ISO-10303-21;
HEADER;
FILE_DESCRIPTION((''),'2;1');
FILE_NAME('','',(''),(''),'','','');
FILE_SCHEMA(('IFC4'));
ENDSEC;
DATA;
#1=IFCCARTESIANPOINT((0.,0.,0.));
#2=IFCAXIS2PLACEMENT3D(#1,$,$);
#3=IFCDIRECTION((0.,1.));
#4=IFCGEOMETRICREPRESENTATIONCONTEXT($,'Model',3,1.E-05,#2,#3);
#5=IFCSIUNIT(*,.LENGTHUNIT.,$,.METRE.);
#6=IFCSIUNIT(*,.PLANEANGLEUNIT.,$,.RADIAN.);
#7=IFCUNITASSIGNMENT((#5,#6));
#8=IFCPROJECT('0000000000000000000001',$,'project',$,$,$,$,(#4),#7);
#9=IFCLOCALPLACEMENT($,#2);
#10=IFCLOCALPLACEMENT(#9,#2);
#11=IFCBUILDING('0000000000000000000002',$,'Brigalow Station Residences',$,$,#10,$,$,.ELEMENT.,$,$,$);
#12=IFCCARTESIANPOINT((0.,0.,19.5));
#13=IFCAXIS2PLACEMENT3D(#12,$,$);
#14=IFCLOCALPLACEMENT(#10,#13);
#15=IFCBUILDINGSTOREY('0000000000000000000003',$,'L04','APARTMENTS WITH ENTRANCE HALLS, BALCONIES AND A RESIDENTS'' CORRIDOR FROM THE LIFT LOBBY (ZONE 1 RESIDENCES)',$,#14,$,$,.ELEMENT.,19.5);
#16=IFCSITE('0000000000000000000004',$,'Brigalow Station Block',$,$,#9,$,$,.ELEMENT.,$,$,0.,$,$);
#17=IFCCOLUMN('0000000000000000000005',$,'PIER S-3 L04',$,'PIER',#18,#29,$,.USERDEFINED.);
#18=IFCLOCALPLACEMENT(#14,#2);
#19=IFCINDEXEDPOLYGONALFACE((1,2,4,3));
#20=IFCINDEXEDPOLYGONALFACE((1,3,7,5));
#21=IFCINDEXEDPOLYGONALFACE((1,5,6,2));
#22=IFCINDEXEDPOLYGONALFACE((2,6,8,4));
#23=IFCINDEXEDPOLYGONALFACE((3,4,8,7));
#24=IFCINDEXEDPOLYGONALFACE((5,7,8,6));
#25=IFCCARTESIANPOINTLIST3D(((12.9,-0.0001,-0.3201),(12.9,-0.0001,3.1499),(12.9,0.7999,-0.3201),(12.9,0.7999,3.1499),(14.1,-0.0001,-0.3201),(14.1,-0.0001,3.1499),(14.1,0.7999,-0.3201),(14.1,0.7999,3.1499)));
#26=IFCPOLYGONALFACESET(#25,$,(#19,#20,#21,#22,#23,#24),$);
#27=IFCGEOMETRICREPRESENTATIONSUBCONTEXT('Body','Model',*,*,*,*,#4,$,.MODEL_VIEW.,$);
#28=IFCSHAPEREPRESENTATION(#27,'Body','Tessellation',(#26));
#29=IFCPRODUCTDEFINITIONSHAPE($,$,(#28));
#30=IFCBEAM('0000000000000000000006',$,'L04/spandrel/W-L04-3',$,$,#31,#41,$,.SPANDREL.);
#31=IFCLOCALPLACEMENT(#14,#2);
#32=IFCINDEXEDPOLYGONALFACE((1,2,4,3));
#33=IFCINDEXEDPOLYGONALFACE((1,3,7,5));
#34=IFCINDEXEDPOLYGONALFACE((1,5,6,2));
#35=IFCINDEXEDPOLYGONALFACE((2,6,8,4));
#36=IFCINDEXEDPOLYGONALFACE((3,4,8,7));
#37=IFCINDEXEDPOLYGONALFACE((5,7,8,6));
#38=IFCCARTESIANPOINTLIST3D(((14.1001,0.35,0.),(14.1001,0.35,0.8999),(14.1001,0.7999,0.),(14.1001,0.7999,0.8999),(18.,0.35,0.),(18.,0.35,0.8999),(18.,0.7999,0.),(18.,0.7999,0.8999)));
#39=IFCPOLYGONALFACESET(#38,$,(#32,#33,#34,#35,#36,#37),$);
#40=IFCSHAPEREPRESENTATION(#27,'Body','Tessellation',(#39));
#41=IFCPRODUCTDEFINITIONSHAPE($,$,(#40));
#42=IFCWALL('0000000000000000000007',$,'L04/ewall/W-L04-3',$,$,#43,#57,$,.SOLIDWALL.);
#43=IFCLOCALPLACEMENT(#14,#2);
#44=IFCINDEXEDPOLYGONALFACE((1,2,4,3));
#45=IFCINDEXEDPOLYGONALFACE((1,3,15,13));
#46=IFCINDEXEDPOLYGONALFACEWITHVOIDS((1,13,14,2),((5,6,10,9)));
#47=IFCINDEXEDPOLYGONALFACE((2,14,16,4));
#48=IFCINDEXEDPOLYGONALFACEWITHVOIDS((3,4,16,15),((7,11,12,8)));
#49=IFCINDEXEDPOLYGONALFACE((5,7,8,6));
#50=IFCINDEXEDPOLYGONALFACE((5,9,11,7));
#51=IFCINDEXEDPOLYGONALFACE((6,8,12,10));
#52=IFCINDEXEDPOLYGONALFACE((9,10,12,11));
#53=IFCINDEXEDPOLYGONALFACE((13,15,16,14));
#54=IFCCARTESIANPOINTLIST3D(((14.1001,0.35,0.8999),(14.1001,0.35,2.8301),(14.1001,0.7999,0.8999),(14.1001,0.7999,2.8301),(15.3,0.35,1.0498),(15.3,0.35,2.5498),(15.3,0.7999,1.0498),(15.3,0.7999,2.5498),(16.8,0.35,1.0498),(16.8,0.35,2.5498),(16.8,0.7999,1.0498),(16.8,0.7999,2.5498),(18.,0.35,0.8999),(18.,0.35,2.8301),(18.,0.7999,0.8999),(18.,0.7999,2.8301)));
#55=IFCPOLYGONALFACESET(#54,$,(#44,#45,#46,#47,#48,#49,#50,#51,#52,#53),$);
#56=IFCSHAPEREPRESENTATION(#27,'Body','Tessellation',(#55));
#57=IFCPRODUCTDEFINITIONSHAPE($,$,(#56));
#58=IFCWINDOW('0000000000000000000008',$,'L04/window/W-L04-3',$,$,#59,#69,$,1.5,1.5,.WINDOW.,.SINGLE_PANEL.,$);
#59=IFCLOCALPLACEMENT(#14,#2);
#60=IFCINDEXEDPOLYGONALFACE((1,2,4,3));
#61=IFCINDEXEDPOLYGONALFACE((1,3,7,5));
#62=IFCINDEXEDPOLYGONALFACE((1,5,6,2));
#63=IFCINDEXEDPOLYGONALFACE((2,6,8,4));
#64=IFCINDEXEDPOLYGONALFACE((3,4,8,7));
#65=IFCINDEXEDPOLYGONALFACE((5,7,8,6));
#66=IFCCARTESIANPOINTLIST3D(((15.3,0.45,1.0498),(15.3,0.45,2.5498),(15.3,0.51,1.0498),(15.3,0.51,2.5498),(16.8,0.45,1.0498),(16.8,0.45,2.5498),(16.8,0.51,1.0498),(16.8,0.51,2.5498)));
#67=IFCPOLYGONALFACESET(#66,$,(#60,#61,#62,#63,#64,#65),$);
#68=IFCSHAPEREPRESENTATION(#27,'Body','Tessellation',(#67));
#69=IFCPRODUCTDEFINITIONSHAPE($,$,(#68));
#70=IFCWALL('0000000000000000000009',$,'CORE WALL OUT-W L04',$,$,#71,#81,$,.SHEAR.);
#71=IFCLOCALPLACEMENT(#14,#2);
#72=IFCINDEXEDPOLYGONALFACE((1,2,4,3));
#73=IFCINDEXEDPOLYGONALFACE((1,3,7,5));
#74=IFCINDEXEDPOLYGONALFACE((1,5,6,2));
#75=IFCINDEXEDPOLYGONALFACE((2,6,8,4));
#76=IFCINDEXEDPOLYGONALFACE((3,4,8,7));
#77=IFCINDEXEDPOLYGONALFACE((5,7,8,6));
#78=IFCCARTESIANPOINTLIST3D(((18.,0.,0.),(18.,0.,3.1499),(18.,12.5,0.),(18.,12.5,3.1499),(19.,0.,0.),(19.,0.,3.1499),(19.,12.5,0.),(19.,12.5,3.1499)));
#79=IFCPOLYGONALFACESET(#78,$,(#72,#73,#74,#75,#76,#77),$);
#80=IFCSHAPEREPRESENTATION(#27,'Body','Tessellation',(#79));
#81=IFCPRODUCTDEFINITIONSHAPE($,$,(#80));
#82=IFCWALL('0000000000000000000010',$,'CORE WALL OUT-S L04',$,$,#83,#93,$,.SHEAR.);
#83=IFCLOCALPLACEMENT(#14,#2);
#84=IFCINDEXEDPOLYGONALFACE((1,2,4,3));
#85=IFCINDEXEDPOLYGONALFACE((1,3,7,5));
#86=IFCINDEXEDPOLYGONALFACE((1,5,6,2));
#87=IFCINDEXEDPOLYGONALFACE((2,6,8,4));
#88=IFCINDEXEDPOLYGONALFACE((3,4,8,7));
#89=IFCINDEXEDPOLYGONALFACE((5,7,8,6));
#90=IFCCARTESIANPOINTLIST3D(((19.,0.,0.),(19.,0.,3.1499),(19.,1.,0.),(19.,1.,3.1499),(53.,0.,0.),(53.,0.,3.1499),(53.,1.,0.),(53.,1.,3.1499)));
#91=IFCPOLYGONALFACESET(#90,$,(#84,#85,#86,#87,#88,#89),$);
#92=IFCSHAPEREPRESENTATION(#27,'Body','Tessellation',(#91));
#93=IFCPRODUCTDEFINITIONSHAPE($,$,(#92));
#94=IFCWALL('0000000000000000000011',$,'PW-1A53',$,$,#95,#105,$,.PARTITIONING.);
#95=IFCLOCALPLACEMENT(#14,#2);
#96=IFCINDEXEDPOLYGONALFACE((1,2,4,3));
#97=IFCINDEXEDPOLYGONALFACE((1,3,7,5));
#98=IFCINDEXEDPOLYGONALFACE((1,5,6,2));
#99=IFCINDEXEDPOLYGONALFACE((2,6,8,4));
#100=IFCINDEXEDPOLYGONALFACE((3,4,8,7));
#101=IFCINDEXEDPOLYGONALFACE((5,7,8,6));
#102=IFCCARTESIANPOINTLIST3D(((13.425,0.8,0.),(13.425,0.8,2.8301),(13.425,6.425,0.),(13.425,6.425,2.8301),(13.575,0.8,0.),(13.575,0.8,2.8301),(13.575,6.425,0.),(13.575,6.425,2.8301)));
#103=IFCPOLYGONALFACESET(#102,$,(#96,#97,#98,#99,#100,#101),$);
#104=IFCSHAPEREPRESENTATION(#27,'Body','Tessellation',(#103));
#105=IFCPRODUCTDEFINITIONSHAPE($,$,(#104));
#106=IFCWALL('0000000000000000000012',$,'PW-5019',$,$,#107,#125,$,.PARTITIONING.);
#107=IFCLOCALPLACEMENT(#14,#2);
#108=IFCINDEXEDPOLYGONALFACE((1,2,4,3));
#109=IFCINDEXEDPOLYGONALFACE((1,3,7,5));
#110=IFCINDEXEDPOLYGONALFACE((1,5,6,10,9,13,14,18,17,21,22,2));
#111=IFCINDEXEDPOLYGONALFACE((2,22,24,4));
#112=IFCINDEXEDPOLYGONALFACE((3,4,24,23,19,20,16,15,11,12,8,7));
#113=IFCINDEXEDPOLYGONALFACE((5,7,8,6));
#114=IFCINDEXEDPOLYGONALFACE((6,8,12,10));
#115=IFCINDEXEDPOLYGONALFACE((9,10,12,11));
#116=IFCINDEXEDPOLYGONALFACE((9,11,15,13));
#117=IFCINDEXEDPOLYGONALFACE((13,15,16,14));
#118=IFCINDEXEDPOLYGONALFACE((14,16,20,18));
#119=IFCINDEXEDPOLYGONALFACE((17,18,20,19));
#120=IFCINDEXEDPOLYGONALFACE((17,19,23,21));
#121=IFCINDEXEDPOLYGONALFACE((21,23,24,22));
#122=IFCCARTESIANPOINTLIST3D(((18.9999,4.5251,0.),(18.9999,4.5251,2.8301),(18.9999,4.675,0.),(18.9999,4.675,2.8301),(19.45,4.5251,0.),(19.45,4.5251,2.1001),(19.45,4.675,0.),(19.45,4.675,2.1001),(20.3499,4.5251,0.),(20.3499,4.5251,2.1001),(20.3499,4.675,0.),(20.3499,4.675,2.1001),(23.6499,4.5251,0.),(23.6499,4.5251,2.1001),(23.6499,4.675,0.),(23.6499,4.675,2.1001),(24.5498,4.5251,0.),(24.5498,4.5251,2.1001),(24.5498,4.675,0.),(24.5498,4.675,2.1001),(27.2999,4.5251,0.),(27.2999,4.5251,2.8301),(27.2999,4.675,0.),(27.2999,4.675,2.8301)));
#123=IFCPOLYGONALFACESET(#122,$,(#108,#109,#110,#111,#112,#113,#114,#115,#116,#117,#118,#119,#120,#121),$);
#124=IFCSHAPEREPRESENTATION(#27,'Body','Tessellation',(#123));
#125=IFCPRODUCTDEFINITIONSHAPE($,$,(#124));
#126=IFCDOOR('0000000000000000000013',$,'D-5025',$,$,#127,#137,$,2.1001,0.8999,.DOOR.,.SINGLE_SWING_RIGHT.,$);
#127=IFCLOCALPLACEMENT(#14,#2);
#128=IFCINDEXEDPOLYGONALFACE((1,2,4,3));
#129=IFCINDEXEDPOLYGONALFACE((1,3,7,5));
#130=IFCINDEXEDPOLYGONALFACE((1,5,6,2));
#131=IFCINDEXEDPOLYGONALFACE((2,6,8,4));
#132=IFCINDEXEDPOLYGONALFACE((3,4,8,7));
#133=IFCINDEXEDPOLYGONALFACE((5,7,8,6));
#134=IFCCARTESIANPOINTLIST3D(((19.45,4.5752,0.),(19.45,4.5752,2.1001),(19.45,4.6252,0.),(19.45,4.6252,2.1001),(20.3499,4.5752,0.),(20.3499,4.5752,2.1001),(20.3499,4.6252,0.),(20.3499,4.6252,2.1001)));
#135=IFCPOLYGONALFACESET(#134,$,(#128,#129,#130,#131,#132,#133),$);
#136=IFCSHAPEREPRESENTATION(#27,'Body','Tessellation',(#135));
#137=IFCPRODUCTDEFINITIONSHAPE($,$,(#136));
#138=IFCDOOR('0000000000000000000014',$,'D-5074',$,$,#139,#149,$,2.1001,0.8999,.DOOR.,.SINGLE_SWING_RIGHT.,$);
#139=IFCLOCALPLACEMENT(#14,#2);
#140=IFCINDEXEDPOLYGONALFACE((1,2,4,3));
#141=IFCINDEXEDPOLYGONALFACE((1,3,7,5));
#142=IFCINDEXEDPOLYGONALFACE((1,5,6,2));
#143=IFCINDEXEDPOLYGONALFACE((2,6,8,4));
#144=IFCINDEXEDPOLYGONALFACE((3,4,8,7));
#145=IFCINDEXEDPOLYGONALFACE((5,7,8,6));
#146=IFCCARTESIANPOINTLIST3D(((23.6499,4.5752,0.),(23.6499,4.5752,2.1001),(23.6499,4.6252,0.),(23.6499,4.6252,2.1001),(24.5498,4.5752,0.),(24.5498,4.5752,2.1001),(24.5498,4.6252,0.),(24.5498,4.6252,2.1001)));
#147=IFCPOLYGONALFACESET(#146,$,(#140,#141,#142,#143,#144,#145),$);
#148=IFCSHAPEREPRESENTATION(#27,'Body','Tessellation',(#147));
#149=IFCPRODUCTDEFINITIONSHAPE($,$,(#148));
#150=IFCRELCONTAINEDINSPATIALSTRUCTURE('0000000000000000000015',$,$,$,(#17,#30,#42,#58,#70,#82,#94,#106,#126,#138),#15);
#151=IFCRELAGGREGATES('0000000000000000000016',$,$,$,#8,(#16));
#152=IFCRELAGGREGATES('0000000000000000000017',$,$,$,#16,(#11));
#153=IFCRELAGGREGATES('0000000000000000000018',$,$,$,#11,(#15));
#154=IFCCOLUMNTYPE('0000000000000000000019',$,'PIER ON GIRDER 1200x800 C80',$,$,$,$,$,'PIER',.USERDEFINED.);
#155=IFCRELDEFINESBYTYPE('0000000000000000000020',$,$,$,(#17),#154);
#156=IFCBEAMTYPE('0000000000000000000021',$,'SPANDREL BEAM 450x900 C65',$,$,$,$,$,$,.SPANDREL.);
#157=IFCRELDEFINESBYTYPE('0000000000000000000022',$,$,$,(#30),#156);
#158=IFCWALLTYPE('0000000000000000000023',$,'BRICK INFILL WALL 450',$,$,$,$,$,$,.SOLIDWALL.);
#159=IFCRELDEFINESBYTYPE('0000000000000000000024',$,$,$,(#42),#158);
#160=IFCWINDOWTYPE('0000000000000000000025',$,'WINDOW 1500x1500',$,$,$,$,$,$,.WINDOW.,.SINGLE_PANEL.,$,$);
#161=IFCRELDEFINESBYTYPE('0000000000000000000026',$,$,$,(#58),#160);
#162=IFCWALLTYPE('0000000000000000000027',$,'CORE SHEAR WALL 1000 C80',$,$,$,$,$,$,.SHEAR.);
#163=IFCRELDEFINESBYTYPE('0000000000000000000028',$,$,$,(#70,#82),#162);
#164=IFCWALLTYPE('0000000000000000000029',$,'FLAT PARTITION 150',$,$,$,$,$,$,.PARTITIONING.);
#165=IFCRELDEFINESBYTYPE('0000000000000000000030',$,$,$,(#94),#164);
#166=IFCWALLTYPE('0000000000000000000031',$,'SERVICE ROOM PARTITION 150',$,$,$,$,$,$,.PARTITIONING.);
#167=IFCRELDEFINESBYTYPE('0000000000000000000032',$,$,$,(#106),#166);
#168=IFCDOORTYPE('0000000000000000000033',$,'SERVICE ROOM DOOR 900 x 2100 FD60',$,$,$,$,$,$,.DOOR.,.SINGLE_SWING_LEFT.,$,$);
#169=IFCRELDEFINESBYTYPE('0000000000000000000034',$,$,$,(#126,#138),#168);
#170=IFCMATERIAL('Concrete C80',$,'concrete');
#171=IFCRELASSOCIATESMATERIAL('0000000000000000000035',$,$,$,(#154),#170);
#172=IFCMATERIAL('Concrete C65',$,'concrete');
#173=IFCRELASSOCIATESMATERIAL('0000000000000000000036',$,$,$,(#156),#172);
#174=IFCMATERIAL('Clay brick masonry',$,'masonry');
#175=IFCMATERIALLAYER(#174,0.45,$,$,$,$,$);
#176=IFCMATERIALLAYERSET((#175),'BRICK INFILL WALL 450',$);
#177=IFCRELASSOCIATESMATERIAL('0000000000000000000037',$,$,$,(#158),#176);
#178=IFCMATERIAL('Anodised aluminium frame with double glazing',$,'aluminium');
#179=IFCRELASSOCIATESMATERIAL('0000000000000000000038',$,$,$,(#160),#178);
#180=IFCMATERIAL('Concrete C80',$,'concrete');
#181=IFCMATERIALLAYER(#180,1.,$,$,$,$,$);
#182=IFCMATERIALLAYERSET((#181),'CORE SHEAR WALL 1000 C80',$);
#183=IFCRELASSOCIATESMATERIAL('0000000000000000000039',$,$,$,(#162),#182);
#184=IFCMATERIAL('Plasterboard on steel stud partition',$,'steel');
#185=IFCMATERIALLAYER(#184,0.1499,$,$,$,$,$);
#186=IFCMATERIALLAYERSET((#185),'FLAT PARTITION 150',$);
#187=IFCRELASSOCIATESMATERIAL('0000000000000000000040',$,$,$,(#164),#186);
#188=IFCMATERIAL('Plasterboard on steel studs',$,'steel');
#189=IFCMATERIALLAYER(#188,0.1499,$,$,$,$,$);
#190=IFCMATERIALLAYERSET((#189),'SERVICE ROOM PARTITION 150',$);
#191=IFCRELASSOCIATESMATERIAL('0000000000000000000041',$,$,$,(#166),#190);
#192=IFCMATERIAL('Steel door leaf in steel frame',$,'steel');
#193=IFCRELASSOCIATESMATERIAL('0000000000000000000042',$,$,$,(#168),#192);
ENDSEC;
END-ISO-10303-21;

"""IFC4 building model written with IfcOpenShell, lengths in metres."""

from ifc_helpers import new_model, si_unit, direction, frame, frame_2d, origin, origin_2d, place, context, subcontext, project, spatial, rectangle, extrude, material, layer, layer_set, material_profile, profile_set, type_object, element, fill, save


model = new_model("IFC4")

# Units and contexts
model_context = context("Model", 3, precision=1e-05, world=origin(), true_north=direction((0.0, 1.0)))
body_context = subcontext(model_context, "Body", "Model", "MODEL_VIEW")
ifc_project = project(units=[si_unit("LENGTHUNIT", "METRE"), si_unit("PLANEANGLEUNIT", "RADIAN")], contexts=[model_context])

# Site, building, storey
site_placement = place(None, origin())
site = spatial("IfcSite", under=ifc_project, at=site_placement, Name="Brigalow Station Block", CompositionType="ELEMENT", RefElevation=0.0)
building_placement = place(site_placement, origin())
building = spatial("IfcBuilding", under=site, at=building_placement, Name="Brigalow Station Residences", CompositionType="ELEMENT")
storey_placement = place(building_placement, frame((0.0, 0.0, 19.5)))
storey = spatial("IfcBuildingStorey", under=building, at=storey_placement, Name="L04", Description="APARTMENTS WITH ENTRANCE HALLS, BALCONIES AND A RESIDENTS' CORRIDOR FROM THE LIFT LOBBY (ZONE 1 RESIDENCES)", CompositionType="ELEMENT", Elevation=19.5)

# Column
ifc_material_1 = material(Name="Concrete C80", Category="concrete")
ifc_material_profile_1 = material_profile(ifc_material_1, rectangle(XDim=1.2, YDim=0.8, at=origin_2d()), Name="RC1200x800")
ifc_profile_set_1 = profile_set([ifc_material_profile_1], Name="Concrete C80")
column_type = type_object("IfcColumnType", Name="PIER ON GIRDER 1200x800 C80", ElementType="PIER", PredefinedType="USERDEFINED", material=ifc_profile_set_1)
column_placement = place(storey_placement, frame((13.5, 0.3999, -0.3201), z_axis=(0.0, 0.0, 1.0), x_axis=(1.0, 0.0, 0.0)))
element("IfcColumn", 1, at=column_placement, inside=storey, type_object=column_type, Name="PIER S-3 L04", ObjectType="PIER", PredefinedType="USERDEFINED", context=body_context, shape_type="SweptSolid", body=[
    extrude(rectangle(XDim=1.2, YDim=0.8, at=origin_2d()), origin(), (0.0, 0.0, 1.0), 3.47),
])

# Beam
ifc_material_2 = material(Name="Concrete C65", Category="concrete")
ifc_material_profile_2 = material_profile(ifc_material_2, rectangle(XDim=0.45, YDim=0.8999, at=origin_2d()), Name="RC450x900")
ifc_profile_set_2 = profile_set([ifc_material_profile_2], Name="Concrete C65")
beam_type = type_object("IfcBeamType", Name="SPANDREL BEAM 450x900 C65", PredefinedType="SPANDREL", material=ifc_profile_set_2)
beam_placement = place(storey_placement, frame((14.1001, 0.575, 0.45), z_axis=(1.0, 0.0, 0.0), x_axis=(0.0, 1.0, 0.0)))
element("IfcBeam", 2, at=beam_placement, inside=storey, type_object=beam_type, Name="L04/spandrel/W-L04-3", PredefinedType="SPANDREL", context=body_context, shape_type="SweptSolid", body=[
    extrude(rectangle(XDim=0.45, YDim=0.8999, at=origin_2d()), origin(), (0.0, 0.0, 1.0), 3.8999),
])

# Wall, opening, window
ifc_material_3 = material(Name="Clay brick masonry", Category="masonry")
ifc_layer_1 = layer(ifc_material_3, 0.45)
ifc_layer_set_1 = layer_set([ifc_layer_1], Name="BRICK INFILL WALL 450")
wall_type_1 = type_object("IfcWallType", Name="BRICK INFILL WALL 450", PredefinedType="SOLIDWALL", material=ifc_layer_set_1)
wall_1_placement = place(storey_placement, frame((14.1001, 0.575, 0.8999), z_axis=(0.0, 0.0, 1.0), x_axis=(1.0, 0.0, 0.0)))
wall_1 = element("IfcWall", 3, at=wall_1_placement, inside=storey, type_object=wall_type_1, Name="L04/ewall/W-L04-3", PredefinedType="SOLIDWALL", context=body_context, shape_type="SweptSolid", body=[
    extrude(rectangle(XDim=3.8999, YDim=0.45, at=frame_2d((1.95, 0.0))), origin(), (0.0, 0.0, 1.0), 1.9302),
])
opening_1_placement = place(wall_1_placement, frame((1.2, 0.0, 0.1499)))
opening_1 = element("IfcOpeningElement", 4, at=opening_1_placement, cuts=wall_1, PredefinedType="OPENING", context=body_context, shape_type="SweptSolid", body=[
    extrude(rectangle(XDim=1.5, YDim=1.5, at=frame_2d((0.75, 0.75))), frame((0.0, 0.2349, 0.0), z_axis=(0.0, -1.0, 0.0), x_axis=(1.0, 0.0, 0.0)), (0.0, 0.0, 1.0), 0.47),
])
ifc_material_4 = material(Name="Anodised aluminium frame with double glazing", Category="aluminium")
window_type = type_object("IfcWindowType", Name="WINDOW 1500x1500", PartitioningType="SINGLE_PANEL", PredefinedType="WINDOW", material=ifc_material_4)
window_placement = place(opening_1_placement, origin())
window = element("IfcWindow", 5, at=window_placement, inside=storey, type_object=window_type, Name="L04/window/W-L04-3", OverallHeight=1.5, OverallWidth=1.5, PartitioningType="SINGLE_PANEL", PredefinedType="WINDOW", context=body_context, shape_type="SweptSolid", body=[
    extrude(rectangle(XDim=1.5, YDim=1.5, at=frame_2d((0.75, 0.75))), frame((0.0, -0.0649, 0.0), z_axis=(0.0, -1.0, 0.0), x_axis=(1.0, 0.0, 0.0)), (0.0, 0.0, 1.0), 0.0601),
])
fill(opening_1, window)

# Walls
ifc_material_5 = material(Name="Concrete C80", Category="concrete")
ifc_layer_2 = layer(ifc_material_5, 1.0)
ifc_layer_set_2 = layer_set([ifc_layer_2], Name="CORE SHEAR WALL 1000 C80")
wall_type_2 = type_object("IfcWallType", Name="CORE SHEAR WALL 1000 C80", PredefinedType="SHEAR", material=ifc_layer_set_2)
wall_2_placement = place(storey_placement, frame((18.5, 0.0, 0.0), z_axis=(0.0, 0.0, 1.0), x_axis=(0.0, 1.0, 0.0)))
element("IfcWall", 6, at=wall_2_placement, inside=storey, type_object=wall_type_2, Name="CORE WALL OUT-W L04", PredefinedType="SHEAR", context=body_context, shape_type="SweptSolid", body=[
    extrude(rectangle(XDim=12.5, YDim=1.0, at=frame_2d((6.25, 0.0))), origin(), (0.0, 0.0, 1.0), 3.1499),
])
wall_3_placement = place(storey_placement, frame((19.0, 0.5, 0.0), z_axis=(0.0, 0.0, 1.0), x_axis=(1.0, 0.0, 0.0)))
element("IfcWall", 7, at=wall_3_placement, inside=storey, type_object=wall_type_2, Name="CORE WALL OUT-S L04", PredefinedType="SHEAR", context=body_context, shape_type="SweptSolid", body=[
    extrude(rectangle(XDim=34.0, YDim=1.0, at=frame_2d((17.0, 0.0))), origin(), (0.0, 0.0, 1.0), 3.1499),
])
ifc_material_6 = material(Name="Plasterboard on steel stud partition", Category="steel")
ifc_layer_3 = layer(ifc_material_6, 0.1499)
ifc_layer_set_3 = layer_set([ifc_layer_3], Name="FLAT PARTITION 150")
wall_type_3 = type_object("IfcWallType", Name="FLAT PARTITION 150", PredefinedType="PARTITIONING", material=ifc_layer_set_3)
wall_4_placement = place(storey_placement, frame((13.5, 0.8, 0.0), z_axis=(0.0, 0.0, 1.0), x_axis=(0.0, 1.0, 0.0)))
element("IfcWall", 8, at=wall_4_placement, inside=storey, type_object=wall_type_3, Name="PW-1A53", PredefinedType="PARTITIONING", context=body_context, shape_type="SweptSolid", body=[
    extrude(rectangle(XDim=5.625, YDim=0.1499, at=frame_2d((2.8125, 0.0))), origin(), (0.0, 0.0, 1.0), 2.8301),
])

# Wall, openings, doors
ifc_material_7 = material(Name="Plasterboard on steel studs", Category="steel")
ifc_layer_4 = layer(ifc_material_7, 0.1499)
ifc_layer_set_4 = layer_set([ifc_layer_4], Name="SERVICE ROOM PARTITION 150")
wall_type_4 = type_object("IfcWallType", Name="SERVICE ROOM PARTITION 150", PredefinedType="PARTITIONING", material=ifc_layer_set_4)
wall_5_placement = place(storey_placement, frame((19.0, 4.6001, 0.0), z_axis=(0.0, 0.0, 1.0), x_axis=(1.0, 0.0, 0.0)))
wall_5 = element("IfcWall", 9, at=wall_5_placement, inside=storey, type_object=wall_type_4, Name="PW-5019", PredefinedType="PARTITIONING", context=body_context, shape_type="SweptSolid", body=[
    extrude(rectangle(XDim=8.3, YDim=0.1499, at=frame_2d((4.1499, 0.0))), origin(), (0.0, 0.0, 1.0), 2.8301),
])
opening_2_placement = place(wall_5_placement, frame((0.45, 0.0, 0.0)))
opening_2 = element("IfcOpeningElement", 10, at=opening_2_placement, cuts=wall_5, PredefinedType="OPENING", context=body_context, shape_type="SweptSolid", body=[
    extrude(rectangle(XDim=0.8999, YDim=2.1001, at=frame_2d((0.45, 1.05))), frame((0.0, 0.085, 0.0), z_axis=(0.0, -1.0, 0.0), x_axis=(1.0, 0.0, 0.0)), (0.0, 0.0, 1.0), 0.1699),
])
opening_3_placement = place(wall_5_placement, frame((4.6499, 0.0, 0.0)))
opening_3 = element("IfcOpeningElement", 11, at=opening_3_placement, cuts=wall_5, PredefinedType="OPENING", context=body_context, shape_type="SweptSolid", body=[
    extrude(rectangle(XDim=0.8999, YDim=2.1001, at=frame_2d((0.45, 1.05))), frame((0.0, 0.085, 0.0), z_axis=(0.0, -1.0, 0.0), x_axis=(1.0, 0.0, 0.0)), (0.0, 0.0, 1.0), 0.1699),
])
ifc_material_8 = material(Name="Steel door leaf in steel frame", Category="steel")
door_type = type_object("IfcDoorType", Name="SERVICE ROOM DOOR 900 x 2100 FD60", OperationType="SINGLE_SWING_LEFT", PredefinedType="DOOR", material=ifc_material_8)
door_1_placement = place(opening_2_placement, frame((0.8999, 0.0, 0.0), z_axis=(0.0, 0.0, 1.0), x_axis=(-1.0, 0.0, 0.0)))
door_1 = element("IfcDoor", 12, at=door_1_placement, inside=storey, type_object=door_type, Name="D-5025", OperationType="SINGLE_SWING_RIGHT", OverallHeight=2.1001, OverallWidth=0.8999, PredefinedType="DOOR", context=body_context, shape_type="SweptSolid", body=[
    extrude(rectangle(XDim=0.8999, YDim=2.1001, at=frame_2d((0.45, 1.05))), frame((0.0, 0.0249, 0.0), z_axis=(0.0, -1.0, 0.0), x_axis=(1.0, 0.0, 0.0)), (0.0, 0.0, 1.0), 0.05),
])
fill(opening_2, door_1)
door_2_placement = place(opening_3_placement, frame((0.8999, 0.0, 0.0), z_axis=(0.0, 0.0, 1.0), x_axis=(-1.0, 0.0, 0.0)))
door_2 = element("IfcDoor", 13, at=door_2_placement, inside=storey, type_object=door_type, Name="D-5074", OperationType="SINGLE_SWING_RIGHT", OverallHeight=2.1001, OverallWidth=0.8999, PredefinedType="DOOR", context=body_context, shape_type="SweptSolid", body=[
    extrude(rectangle(XDim=0.8999, YDim=2.1001, at=frame_2d((0.45, 1.05))), frame((0.0, 0.0249, 0.0), z_axis=(0.0, -1.0, 0.0), x_axis=(1.0, 0.0, 0.0)), (0.0, 0.0, 1.0), 0.05),
])
fill(opening_3, door_2)

save(model, "model.ifc")
